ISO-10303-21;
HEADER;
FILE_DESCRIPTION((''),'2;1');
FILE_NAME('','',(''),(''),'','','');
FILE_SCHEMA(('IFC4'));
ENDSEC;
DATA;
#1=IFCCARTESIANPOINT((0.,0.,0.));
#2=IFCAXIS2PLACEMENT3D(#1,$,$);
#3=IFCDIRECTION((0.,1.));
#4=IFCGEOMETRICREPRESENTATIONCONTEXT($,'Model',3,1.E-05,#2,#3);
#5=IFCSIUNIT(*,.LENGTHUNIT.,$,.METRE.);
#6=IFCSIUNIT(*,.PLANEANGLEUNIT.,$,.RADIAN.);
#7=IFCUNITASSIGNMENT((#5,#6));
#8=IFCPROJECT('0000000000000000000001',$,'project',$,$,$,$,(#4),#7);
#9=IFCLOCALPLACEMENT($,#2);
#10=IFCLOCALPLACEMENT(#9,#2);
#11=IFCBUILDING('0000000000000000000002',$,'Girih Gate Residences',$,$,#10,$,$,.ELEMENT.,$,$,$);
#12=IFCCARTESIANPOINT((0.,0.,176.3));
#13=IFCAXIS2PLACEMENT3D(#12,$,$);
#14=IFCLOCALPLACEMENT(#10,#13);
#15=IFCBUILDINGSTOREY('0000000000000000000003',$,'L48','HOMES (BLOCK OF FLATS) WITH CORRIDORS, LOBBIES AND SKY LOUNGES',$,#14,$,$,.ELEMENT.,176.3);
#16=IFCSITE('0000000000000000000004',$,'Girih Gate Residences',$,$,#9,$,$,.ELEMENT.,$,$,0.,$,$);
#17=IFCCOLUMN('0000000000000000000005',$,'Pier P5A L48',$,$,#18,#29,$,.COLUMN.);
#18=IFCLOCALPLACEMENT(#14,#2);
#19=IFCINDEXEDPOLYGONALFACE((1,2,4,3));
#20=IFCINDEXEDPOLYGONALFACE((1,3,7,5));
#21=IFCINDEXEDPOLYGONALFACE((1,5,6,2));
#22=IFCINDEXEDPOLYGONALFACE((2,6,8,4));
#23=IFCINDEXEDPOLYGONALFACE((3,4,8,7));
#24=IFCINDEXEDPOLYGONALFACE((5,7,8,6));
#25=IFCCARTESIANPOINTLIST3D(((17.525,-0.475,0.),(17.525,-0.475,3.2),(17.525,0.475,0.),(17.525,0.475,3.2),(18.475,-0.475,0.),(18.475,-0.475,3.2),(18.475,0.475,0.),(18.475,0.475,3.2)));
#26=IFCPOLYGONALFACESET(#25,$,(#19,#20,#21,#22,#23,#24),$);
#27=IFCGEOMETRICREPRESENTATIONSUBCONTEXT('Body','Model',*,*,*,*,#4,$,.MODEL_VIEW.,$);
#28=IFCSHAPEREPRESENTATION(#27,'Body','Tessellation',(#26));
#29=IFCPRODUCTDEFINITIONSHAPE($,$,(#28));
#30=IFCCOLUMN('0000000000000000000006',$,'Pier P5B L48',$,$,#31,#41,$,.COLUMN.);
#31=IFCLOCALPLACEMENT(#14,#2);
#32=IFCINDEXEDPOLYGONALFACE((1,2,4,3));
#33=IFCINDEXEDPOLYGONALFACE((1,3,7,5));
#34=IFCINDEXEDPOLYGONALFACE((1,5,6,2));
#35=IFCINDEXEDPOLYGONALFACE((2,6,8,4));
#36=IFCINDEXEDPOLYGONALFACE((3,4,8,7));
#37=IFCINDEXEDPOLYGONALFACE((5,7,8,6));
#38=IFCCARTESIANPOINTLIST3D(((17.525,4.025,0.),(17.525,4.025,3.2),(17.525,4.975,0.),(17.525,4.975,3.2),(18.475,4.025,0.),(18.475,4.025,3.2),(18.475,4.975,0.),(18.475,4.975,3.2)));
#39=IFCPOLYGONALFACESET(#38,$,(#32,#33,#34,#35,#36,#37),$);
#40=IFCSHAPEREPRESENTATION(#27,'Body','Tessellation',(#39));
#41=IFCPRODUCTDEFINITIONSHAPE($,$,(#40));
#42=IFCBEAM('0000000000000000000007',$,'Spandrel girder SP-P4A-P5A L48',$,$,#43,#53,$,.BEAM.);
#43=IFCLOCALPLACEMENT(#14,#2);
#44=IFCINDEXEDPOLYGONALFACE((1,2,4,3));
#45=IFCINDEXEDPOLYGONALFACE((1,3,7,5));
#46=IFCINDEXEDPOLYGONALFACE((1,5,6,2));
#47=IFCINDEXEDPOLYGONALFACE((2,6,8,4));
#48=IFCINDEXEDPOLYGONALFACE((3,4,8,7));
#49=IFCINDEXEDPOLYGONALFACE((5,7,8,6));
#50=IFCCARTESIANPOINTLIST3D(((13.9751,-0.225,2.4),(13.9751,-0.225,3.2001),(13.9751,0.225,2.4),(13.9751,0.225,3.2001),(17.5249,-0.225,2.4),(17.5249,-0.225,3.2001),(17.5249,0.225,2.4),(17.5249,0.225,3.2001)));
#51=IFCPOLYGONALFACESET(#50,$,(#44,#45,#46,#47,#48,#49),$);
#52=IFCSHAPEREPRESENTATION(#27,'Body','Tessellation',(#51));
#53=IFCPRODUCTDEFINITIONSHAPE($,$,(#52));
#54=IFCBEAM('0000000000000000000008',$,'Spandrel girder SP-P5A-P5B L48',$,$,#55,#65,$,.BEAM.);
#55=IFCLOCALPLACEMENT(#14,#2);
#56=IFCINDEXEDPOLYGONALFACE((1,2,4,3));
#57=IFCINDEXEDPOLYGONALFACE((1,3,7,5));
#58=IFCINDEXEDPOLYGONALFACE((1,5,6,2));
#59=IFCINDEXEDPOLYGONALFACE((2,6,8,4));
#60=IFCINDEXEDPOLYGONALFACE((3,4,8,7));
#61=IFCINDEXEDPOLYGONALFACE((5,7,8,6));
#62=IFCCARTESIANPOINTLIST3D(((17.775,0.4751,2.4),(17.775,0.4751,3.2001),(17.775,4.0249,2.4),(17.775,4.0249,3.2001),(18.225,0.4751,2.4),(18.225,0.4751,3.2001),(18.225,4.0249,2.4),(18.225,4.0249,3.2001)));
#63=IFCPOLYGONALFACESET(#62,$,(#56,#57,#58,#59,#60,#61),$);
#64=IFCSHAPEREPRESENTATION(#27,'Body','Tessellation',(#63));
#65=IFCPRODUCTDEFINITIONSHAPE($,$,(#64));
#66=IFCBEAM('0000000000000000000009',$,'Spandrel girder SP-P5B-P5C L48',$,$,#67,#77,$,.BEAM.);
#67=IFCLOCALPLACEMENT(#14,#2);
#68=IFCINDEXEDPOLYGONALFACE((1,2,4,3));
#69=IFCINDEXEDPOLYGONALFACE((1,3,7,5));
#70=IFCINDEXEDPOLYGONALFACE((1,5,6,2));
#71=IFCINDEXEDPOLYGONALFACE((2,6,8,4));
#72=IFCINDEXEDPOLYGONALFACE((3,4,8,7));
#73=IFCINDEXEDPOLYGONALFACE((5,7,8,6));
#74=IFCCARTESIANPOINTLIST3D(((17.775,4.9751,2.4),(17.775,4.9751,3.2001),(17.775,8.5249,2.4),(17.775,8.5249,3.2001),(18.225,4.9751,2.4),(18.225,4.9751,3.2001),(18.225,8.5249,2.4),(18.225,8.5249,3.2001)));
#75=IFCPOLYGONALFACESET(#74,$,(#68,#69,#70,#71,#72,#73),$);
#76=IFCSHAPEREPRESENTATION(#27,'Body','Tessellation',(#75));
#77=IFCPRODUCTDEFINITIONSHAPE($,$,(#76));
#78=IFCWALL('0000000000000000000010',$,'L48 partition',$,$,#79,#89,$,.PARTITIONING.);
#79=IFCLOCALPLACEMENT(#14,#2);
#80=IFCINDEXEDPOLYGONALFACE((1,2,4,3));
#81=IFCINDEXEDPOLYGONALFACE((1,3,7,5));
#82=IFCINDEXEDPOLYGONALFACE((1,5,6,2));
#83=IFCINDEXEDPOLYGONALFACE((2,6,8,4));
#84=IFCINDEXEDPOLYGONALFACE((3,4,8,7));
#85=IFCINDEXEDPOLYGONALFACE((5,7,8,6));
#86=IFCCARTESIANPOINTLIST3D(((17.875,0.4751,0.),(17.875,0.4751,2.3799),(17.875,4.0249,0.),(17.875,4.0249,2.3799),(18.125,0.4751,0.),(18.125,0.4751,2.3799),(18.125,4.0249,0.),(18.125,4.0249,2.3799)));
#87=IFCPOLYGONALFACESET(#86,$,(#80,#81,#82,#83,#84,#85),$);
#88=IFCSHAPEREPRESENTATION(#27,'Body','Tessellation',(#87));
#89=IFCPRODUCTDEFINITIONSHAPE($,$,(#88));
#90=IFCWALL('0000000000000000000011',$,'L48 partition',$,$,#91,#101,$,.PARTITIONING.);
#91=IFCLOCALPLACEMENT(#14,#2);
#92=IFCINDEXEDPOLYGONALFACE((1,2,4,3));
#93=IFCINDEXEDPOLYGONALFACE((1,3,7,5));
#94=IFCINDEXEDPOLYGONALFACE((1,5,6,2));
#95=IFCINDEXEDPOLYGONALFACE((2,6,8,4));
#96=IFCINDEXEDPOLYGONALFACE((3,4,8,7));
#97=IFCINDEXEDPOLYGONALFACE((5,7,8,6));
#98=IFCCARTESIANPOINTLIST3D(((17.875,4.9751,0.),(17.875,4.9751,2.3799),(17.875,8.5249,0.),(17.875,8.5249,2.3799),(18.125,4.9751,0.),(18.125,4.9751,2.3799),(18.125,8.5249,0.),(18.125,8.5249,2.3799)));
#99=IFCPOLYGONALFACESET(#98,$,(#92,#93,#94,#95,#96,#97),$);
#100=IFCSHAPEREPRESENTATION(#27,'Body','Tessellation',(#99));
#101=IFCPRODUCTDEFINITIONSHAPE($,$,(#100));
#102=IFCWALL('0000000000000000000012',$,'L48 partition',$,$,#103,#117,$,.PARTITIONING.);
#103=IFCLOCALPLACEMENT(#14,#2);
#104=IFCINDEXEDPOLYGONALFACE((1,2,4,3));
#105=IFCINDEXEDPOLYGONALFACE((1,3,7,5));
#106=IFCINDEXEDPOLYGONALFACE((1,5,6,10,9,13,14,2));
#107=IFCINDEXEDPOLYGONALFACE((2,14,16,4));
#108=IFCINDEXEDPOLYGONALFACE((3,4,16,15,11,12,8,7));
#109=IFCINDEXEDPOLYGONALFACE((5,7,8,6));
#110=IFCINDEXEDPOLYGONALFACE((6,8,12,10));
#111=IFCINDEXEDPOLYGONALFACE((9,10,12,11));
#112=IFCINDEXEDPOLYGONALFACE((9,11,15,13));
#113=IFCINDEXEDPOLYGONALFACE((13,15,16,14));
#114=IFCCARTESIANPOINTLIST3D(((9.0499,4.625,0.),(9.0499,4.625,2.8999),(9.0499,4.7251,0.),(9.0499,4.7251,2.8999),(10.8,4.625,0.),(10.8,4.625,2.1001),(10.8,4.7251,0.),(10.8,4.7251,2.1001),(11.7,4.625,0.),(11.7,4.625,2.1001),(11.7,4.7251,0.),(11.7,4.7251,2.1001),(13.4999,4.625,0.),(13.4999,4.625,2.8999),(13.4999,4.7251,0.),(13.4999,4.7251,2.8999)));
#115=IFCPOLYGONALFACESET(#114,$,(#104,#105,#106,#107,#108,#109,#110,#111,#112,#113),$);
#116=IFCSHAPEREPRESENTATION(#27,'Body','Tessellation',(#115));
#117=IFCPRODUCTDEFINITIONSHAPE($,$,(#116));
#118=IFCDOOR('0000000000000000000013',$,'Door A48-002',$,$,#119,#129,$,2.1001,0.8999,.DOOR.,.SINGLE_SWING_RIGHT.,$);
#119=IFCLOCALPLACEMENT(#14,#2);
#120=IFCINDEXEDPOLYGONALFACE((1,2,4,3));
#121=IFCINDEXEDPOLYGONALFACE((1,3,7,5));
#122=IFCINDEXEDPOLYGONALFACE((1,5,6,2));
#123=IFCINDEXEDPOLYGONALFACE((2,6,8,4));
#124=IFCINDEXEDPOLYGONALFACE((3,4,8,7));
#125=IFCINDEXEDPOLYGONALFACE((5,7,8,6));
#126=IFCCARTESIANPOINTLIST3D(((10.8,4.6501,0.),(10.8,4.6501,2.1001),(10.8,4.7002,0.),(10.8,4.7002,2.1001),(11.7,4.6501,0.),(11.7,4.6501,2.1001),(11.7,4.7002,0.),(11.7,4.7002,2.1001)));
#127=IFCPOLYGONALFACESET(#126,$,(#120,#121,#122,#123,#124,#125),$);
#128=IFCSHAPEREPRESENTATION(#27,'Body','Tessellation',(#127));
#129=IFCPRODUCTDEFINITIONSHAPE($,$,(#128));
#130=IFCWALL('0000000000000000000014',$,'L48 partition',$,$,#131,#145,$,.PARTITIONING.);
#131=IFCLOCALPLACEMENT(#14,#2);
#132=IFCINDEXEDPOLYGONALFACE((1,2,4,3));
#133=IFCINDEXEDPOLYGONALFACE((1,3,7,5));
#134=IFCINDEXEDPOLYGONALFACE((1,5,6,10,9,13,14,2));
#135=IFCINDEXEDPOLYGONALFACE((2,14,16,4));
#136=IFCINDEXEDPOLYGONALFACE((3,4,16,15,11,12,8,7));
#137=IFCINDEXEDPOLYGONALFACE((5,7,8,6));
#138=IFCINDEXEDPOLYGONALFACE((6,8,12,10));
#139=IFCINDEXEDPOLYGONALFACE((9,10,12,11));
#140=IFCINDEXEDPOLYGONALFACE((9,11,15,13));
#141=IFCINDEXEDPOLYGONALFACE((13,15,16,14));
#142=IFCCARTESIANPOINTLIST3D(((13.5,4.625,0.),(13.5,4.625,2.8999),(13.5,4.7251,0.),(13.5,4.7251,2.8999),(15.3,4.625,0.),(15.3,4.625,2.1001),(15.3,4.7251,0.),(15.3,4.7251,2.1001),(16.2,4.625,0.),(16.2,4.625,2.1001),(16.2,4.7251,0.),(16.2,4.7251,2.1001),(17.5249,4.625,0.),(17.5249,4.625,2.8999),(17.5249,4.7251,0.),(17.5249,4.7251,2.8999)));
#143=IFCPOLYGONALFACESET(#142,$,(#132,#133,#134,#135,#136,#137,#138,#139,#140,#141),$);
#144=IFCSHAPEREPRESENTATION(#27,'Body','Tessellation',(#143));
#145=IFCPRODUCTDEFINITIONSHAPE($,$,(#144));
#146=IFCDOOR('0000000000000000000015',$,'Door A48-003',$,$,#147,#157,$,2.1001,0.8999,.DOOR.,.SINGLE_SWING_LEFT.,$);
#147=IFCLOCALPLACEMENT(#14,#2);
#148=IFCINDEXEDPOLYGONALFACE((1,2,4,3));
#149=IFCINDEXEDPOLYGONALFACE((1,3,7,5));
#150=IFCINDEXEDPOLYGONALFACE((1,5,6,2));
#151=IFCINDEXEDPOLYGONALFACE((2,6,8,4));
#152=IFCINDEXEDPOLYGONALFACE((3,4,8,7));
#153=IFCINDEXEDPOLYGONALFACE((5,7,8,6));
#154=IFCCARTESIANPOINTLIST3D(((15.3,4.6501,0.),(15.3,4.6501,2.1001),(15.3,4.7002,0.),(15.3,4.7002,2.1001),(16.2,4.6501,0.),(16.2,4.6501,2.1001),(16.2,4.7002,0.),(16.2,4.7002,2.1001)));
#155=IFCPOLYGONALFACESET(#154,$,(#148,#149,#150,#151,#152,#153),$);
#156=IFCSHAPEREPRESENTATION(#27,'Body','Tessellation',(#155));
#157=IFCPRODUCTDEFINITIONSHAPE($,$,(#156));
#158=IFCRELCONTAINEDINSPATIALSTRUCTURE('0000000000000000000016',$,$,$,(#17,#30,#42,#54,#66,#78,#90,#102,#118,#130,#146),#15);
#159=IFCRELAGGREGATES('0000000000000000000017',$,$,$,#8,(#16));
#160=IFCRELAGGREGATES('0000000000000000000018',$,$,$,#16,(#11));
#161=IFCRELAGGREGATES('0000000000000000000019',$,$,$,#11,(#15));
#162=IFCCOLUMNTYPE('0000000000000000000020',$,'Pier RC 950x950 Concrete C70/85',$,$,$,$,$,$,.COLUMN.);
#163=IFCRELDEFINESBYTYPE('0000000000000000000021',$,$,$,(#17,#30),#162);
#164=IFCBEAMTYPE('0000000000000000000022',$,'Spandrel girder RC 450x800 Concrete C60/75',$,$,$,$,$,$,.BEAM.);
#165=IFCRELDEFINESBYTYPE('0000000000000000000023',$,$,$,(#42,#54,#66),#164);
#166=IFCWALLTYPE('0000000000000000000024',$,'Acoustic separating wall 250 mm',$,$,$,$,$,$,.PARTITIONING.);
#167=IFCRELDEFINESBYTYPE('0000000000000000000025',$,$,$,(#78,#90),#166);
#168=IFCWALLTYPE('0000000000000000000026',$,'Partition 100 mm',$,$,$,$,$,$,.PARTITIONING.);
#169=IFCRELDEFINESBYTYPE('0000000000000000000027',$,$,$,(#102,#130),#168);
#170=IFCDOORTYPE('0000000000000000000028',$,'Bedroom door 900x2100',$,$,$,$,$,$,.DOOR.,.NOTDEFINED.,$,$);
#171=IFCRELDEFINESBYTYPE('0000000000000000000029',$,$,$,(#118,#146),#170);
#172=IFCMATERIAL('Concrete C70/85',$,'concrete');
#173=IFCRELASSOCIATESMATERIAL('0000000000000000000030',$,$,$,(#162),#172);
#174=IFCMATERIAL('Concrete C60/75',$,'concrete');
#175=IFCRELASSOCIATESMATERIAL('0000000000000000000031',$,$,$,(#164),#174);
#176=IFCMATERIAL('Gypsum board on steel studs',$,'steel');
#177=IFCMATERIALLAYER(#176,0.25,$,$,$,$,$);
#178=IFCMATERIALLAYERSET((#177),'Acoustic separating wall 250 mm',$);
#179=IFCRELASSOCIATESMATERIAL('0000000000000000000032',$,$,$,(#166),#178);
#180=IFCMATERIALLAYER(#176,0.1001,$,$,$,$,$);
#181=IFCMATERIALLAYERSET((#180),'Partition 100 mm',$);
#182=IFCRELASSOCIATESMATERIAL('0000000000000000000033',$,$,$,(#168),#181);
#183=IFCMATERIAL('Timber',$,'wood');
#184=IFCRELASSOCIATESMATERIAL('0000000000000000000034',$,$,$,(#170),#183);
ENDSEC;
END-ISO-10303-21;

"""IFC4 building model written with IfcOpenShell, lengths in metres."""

from ifc_helpers import new_model, si_unit, direction, frame, frame_2d, origin, origin_2d, place, context, subcontext, project, spatial, rectangle, extrude, material, layer, layer_set, material_profile, profile_set, type_object, element, fill, save


model = new_model("IFC4")

# Units and contexts
model_context = context("Model", 3, precision=1e-05, world=origin(), true_north=direction((0.0, 1.0)))
body_context = subcontext(model_context, "Body", "Model", "MODEL_VIEW")
ifc_project = project(units=[si_unit("LENGTHUNIT", "METRE"), si_unit("PLANEANGLEUNIT", "RADIAN")], contexts=[model_context])

# Site, building, storey
site_placement = place(None, origin())
site = spatial("IfcSite", under=ifc_project, at=site_placement, Name="Girih Gate Residences", CompositionType="ELEMENT", RefElevation=0.0)
building_placement = place(site_placement, origin())
building = spatial("IfcBuilding", under=site, at=building_placement, Name="Girih Gate Residences", CompositionType="ELEMENT")
storey_placement = place(building_placement, frame((0.0, 0.0, 176.3)))
storey = spatial("IfcBuildingStorey", under=building, at=storey_placement, Name="L48", Description="HOMES (BLOCK OF FLATS) WITH CORRIDORS, LOBBIES AND SKY LOUNGES", CompositionType="ELEMENT", Elevation=176.3)

# Columns
ifc_material_1 = material(Name="Concrete C70/85", Category="concrete")
ifc_material_profile_1 = material_profile(ifc_material_1, rectangle(XDim=0.95, YDim=0.95, at=origin_2d()))
ifc_profile_set_1 = profile_set([ifc_material_profile_1], Name="Concrete C70/85")
column_type = type_object("IfcColumnType", Name="Pier RC 950x950 Concrete C70/85", PredefinedType="COLUMN", material=ifc_profile_set_1)
for number, where, z_axis, x_axis, name in (
    (1, (18.0, 0.0, 0.0), (0.0, 0.0, 1.0), (1.0, 0.0, 0.0), "Pier P5A L48"),
    (2, (18.0, 4.5, 0.0), (0.0, 0.0, 1.0), (1.0, 0.0, 0.0), "Pier P5B L48"),
):
    element("IfcColumn", number, at=place(storey_placement, frame(where, z_axis=z_axis, x_axis=x_axis)), inside=storey, type_object=column_type, Name=name, PredefinedType="COLUMN", context=body_context, shape_type="SweptSolid", body=[
        extrude(rectangle(XDim=0.95, YDim=0.95, at=origin_2d()), origin(), (0.0, 0.0, 1.0), 3.2),
    ])

# Beams
ifc_material_2 = material(Name="Concrete C60/75", Category="concrete")
ifc_material_profile_2 = material_profile(ifc_material_2, rectangle(XDim=0.45, YDim=0.8, at=origin_2d()))
ifc_profile_set_2 = profile_set([ifc_material_profile_2], Name="Concrete C60/75")
beam_type = type_object("IfcBeamType", Name="Spandrel girder RC 450x800 Concrete C60/75", PredefinedType="BEAM", material=ifc_profile_set_2)
for number, where, z_axis, x_axis, name in (
    (3, (13.9751, 0.0, 2.8), (1.0, 0.0, 0.0), (0.0, 1.0, 0.0), "Spandrel girder SP-P4A-P5A L48"),
    (4, (18.0, 0.4751, 2.8), (0.0, 1.0, 0.0), (-1.0, 0.0, 0.0), "Spandrel girder SP-P5A-P5B L48"),
    (5, (18.0, 4.9751, 2.8), (0.0, 1.0, 0.0), (-1.0, 0.0, 0.0), "Spandrel girder SP-P5B-P5C L48"),
):
    element("IfcBeam", number, at=place(storey_placement, frame(where, z_axis=z_axis, x_axis=x_axis)), inside=storey, type_object=beam_type, Name=name, PredefinedType="BEAM", context=body_context, shape_type="SweptSolid", body=[
        extrude(rectangle(XDim=0.45, YDim=0.8, at=origin_2d()), origin(), (0.0, 0.0, 1.0), 3.5498),
    ])

# Walls
ifc_material_3 = material(Name="Gypsum board on steel studs", Category="steel")
ifc_layer_1 = layer(ifc_material_3, 0.25)
ifc_layer_set_1 = layer_set([ifc_layer_1], Name="Acoustic separating wall 250 mm")
wall_type_1 = type_object("IfcWallType", Name="Acoustic separating wall 250 mm", PredefinedType="PARTITIONING", material=ifc_layer_set_1)
for number, where, z_axis, x_axis, name in (
    (6, (18.0, 0.4751, 0.0), (0.0, 0.0, 1.0), (0.0, 1.0, 0.0), "L48 partition"),
    (7, (18.0, 4.9751, 0.0), (0.0, 0.0, 1.0), (0.0, 1.0, 0.0), "L48 partition"),
):
    element("IfcWall", number, at=place(storey_placement, frame(where, z_axis=z_axis, x_axis=x_axis)), inside=storey, type_object=wall_type_1, Name=name, PredefinedType="PARTITIONING", context=body_context, shape_type="SweptSolid", body=[
        extrude(rectangle(XDim=3.5498, YDim=0.25, at=frame_2d((1.7749, 0.0))), origin(), (0.0, 0.0, 1.0), 2.3799),
    ])

# Walls, openings, doors
ifc_layer_2 = layer(ifc_material_3, 0.1001)
ifc_layer_set_2 = layer_set([ifc_layer_2], Name="Partition 100 mm")
wall_type_2 = type_object("IfcWallType", Name="Partition 100 mm", PredefinedType="PARTITIONING", material=ifc_layer_set_2)
wall_1_placement = place(storey_placement, frame((13.5, 4.675, 0.0), z_axis=(0.0, 0.0, 1.0), x_axis=(-1.0, 0.0, 0.0)))
wall_1 = element("IfcWall", 8, at=wall_1_placement, inside=storey, type_object=wall_type_2, Name="L48 partition", PredefinedType="PARTITIONING", context=body_context, shape_type="SweptSolid", body=[
    extrude(rectangle(XDim=4.45, YDim=0.1001, at=frame_2d((2.2251, 0.0))), origin(), (0.0, 0.0, 1.0), 2.8999),
])
opening_1_placement = place(wall_1_placement, frame((1.8, 0.0, 0.0)))
opening_1 = element("IfcOpeningElement", 9, at=opening_1_placement, cuts=wall_1, PredefinedType="OPENING", context=body_context, shape_type="SweptSolid", body=[
    extrude(rectangle(XDim=0.8999, YDim=2.1001, at=frame_2d((0.45, 1.05))), frame((0.0, 0.0601, 0.0), z_axis=(0.0, -1.0, 0.0), x_axis=(1.0, 0.0, 0.0)), (0.0, 0.0, 1.0), 0.1201),
])
ifc_material_4 = material(Name="Timber", Category="wood")
door_type_1 = type_object("IfcDoorType", Name="Bedroom door 900x2100", OperationType="NOTDEFINED", PredefinedType="DOOR", material=ifc_material_4)
door_1_placement = place(opening_1_placement, origin())
door_1 = element("IfcDoor", 10, at=door_1_placement, inside=storey, type_object=door_type_1, Name="Door A48-002", OperationType="SINGLE_SWING_RIGHT", OverallHeight=2.1001, OverallWidth=0.8999, PredefinedType="DOOR", context=body_context, shape_type="SweptSolid", body=[
    extrude(rectangle(XDim=0.8999, YDim=2.1001, at=frame_2d((0.45, 1.05))), frame((0.0, 0.0249, 0.0), z_axis=(0.0, -1.0, 0.0), x_axis=(1.0, 0.0, 0.0)), (0.0, 0.0, 1.0), 0.05),
])
fill(opening_1, door_1)
wall_2_placement = place(storey_placement, frame((17.5249, 4.675, 0.0), z_axis=(0.0, 0.0, 1.0), x_axis=(-1.0, 0.0, 0.0)))
wall_2 = element("IfcWall", 11, at=wall_2_placement, inside=storey, type_object=wall_type_2, Name="L48 partition", PredefinedType="PARTITIONING", context=body_context, shape_type="SweptSolid", body=[
    extrude(rectangle(XDim=4.0249, YDim=0.1001, at=frame_2d((2.0125, 0.0))), origin(), (0.0, 0.0, 1.0), 2.8999),
])
opening_2_placement = place(wall_2_placement, frame((1.325, 0.0, 0.0)))
opening_2 = element("IfcOpeningElement", 12, at=opening_2_placement, cuts=wall_2, PredefinedType="OPENING", context=body_context, shape_type="SweptSolid", body=[
    extrude(rectangle(XDim=0.8999, YDim=2.1001, at=frame_2d((0.45, 1.05))), frame((0.0, 0.0601, 0.0), z_axis=(0.0, -1.0, 0.0), x_axis=(1.0, 0.0, 0.0)), (0.0, 0.0, 1.0), 0.1201),
])
door_2_placement = place(opening_2_placement, origin())
door_2 = element("IfcDoor", 13, at=door_2_placement, inside=storey, type_object=door_type_1, Name="Door A48-003", OperationType="SINGLE_SWING_LEFT", OverallHeight=2.1001, OverallWidth=0.8999, PredefinedType="DOOR", context=body_context, shape_type="SweptSolid", body=[
    extrude(rectangle(XDim=0.8999, YDim=2.1001, at=frame_2d((0.45, 1.05))), frame((0.0, 0.0249, 0.0), z_axis=(0.0, -1.0, 0.0), x_axis=(1.0, 0.0, 0.0)), (0.0, 0.0, 1.0), 0.05),
])
fill(opening_2, door_2)

save(model, "model.ifc")
